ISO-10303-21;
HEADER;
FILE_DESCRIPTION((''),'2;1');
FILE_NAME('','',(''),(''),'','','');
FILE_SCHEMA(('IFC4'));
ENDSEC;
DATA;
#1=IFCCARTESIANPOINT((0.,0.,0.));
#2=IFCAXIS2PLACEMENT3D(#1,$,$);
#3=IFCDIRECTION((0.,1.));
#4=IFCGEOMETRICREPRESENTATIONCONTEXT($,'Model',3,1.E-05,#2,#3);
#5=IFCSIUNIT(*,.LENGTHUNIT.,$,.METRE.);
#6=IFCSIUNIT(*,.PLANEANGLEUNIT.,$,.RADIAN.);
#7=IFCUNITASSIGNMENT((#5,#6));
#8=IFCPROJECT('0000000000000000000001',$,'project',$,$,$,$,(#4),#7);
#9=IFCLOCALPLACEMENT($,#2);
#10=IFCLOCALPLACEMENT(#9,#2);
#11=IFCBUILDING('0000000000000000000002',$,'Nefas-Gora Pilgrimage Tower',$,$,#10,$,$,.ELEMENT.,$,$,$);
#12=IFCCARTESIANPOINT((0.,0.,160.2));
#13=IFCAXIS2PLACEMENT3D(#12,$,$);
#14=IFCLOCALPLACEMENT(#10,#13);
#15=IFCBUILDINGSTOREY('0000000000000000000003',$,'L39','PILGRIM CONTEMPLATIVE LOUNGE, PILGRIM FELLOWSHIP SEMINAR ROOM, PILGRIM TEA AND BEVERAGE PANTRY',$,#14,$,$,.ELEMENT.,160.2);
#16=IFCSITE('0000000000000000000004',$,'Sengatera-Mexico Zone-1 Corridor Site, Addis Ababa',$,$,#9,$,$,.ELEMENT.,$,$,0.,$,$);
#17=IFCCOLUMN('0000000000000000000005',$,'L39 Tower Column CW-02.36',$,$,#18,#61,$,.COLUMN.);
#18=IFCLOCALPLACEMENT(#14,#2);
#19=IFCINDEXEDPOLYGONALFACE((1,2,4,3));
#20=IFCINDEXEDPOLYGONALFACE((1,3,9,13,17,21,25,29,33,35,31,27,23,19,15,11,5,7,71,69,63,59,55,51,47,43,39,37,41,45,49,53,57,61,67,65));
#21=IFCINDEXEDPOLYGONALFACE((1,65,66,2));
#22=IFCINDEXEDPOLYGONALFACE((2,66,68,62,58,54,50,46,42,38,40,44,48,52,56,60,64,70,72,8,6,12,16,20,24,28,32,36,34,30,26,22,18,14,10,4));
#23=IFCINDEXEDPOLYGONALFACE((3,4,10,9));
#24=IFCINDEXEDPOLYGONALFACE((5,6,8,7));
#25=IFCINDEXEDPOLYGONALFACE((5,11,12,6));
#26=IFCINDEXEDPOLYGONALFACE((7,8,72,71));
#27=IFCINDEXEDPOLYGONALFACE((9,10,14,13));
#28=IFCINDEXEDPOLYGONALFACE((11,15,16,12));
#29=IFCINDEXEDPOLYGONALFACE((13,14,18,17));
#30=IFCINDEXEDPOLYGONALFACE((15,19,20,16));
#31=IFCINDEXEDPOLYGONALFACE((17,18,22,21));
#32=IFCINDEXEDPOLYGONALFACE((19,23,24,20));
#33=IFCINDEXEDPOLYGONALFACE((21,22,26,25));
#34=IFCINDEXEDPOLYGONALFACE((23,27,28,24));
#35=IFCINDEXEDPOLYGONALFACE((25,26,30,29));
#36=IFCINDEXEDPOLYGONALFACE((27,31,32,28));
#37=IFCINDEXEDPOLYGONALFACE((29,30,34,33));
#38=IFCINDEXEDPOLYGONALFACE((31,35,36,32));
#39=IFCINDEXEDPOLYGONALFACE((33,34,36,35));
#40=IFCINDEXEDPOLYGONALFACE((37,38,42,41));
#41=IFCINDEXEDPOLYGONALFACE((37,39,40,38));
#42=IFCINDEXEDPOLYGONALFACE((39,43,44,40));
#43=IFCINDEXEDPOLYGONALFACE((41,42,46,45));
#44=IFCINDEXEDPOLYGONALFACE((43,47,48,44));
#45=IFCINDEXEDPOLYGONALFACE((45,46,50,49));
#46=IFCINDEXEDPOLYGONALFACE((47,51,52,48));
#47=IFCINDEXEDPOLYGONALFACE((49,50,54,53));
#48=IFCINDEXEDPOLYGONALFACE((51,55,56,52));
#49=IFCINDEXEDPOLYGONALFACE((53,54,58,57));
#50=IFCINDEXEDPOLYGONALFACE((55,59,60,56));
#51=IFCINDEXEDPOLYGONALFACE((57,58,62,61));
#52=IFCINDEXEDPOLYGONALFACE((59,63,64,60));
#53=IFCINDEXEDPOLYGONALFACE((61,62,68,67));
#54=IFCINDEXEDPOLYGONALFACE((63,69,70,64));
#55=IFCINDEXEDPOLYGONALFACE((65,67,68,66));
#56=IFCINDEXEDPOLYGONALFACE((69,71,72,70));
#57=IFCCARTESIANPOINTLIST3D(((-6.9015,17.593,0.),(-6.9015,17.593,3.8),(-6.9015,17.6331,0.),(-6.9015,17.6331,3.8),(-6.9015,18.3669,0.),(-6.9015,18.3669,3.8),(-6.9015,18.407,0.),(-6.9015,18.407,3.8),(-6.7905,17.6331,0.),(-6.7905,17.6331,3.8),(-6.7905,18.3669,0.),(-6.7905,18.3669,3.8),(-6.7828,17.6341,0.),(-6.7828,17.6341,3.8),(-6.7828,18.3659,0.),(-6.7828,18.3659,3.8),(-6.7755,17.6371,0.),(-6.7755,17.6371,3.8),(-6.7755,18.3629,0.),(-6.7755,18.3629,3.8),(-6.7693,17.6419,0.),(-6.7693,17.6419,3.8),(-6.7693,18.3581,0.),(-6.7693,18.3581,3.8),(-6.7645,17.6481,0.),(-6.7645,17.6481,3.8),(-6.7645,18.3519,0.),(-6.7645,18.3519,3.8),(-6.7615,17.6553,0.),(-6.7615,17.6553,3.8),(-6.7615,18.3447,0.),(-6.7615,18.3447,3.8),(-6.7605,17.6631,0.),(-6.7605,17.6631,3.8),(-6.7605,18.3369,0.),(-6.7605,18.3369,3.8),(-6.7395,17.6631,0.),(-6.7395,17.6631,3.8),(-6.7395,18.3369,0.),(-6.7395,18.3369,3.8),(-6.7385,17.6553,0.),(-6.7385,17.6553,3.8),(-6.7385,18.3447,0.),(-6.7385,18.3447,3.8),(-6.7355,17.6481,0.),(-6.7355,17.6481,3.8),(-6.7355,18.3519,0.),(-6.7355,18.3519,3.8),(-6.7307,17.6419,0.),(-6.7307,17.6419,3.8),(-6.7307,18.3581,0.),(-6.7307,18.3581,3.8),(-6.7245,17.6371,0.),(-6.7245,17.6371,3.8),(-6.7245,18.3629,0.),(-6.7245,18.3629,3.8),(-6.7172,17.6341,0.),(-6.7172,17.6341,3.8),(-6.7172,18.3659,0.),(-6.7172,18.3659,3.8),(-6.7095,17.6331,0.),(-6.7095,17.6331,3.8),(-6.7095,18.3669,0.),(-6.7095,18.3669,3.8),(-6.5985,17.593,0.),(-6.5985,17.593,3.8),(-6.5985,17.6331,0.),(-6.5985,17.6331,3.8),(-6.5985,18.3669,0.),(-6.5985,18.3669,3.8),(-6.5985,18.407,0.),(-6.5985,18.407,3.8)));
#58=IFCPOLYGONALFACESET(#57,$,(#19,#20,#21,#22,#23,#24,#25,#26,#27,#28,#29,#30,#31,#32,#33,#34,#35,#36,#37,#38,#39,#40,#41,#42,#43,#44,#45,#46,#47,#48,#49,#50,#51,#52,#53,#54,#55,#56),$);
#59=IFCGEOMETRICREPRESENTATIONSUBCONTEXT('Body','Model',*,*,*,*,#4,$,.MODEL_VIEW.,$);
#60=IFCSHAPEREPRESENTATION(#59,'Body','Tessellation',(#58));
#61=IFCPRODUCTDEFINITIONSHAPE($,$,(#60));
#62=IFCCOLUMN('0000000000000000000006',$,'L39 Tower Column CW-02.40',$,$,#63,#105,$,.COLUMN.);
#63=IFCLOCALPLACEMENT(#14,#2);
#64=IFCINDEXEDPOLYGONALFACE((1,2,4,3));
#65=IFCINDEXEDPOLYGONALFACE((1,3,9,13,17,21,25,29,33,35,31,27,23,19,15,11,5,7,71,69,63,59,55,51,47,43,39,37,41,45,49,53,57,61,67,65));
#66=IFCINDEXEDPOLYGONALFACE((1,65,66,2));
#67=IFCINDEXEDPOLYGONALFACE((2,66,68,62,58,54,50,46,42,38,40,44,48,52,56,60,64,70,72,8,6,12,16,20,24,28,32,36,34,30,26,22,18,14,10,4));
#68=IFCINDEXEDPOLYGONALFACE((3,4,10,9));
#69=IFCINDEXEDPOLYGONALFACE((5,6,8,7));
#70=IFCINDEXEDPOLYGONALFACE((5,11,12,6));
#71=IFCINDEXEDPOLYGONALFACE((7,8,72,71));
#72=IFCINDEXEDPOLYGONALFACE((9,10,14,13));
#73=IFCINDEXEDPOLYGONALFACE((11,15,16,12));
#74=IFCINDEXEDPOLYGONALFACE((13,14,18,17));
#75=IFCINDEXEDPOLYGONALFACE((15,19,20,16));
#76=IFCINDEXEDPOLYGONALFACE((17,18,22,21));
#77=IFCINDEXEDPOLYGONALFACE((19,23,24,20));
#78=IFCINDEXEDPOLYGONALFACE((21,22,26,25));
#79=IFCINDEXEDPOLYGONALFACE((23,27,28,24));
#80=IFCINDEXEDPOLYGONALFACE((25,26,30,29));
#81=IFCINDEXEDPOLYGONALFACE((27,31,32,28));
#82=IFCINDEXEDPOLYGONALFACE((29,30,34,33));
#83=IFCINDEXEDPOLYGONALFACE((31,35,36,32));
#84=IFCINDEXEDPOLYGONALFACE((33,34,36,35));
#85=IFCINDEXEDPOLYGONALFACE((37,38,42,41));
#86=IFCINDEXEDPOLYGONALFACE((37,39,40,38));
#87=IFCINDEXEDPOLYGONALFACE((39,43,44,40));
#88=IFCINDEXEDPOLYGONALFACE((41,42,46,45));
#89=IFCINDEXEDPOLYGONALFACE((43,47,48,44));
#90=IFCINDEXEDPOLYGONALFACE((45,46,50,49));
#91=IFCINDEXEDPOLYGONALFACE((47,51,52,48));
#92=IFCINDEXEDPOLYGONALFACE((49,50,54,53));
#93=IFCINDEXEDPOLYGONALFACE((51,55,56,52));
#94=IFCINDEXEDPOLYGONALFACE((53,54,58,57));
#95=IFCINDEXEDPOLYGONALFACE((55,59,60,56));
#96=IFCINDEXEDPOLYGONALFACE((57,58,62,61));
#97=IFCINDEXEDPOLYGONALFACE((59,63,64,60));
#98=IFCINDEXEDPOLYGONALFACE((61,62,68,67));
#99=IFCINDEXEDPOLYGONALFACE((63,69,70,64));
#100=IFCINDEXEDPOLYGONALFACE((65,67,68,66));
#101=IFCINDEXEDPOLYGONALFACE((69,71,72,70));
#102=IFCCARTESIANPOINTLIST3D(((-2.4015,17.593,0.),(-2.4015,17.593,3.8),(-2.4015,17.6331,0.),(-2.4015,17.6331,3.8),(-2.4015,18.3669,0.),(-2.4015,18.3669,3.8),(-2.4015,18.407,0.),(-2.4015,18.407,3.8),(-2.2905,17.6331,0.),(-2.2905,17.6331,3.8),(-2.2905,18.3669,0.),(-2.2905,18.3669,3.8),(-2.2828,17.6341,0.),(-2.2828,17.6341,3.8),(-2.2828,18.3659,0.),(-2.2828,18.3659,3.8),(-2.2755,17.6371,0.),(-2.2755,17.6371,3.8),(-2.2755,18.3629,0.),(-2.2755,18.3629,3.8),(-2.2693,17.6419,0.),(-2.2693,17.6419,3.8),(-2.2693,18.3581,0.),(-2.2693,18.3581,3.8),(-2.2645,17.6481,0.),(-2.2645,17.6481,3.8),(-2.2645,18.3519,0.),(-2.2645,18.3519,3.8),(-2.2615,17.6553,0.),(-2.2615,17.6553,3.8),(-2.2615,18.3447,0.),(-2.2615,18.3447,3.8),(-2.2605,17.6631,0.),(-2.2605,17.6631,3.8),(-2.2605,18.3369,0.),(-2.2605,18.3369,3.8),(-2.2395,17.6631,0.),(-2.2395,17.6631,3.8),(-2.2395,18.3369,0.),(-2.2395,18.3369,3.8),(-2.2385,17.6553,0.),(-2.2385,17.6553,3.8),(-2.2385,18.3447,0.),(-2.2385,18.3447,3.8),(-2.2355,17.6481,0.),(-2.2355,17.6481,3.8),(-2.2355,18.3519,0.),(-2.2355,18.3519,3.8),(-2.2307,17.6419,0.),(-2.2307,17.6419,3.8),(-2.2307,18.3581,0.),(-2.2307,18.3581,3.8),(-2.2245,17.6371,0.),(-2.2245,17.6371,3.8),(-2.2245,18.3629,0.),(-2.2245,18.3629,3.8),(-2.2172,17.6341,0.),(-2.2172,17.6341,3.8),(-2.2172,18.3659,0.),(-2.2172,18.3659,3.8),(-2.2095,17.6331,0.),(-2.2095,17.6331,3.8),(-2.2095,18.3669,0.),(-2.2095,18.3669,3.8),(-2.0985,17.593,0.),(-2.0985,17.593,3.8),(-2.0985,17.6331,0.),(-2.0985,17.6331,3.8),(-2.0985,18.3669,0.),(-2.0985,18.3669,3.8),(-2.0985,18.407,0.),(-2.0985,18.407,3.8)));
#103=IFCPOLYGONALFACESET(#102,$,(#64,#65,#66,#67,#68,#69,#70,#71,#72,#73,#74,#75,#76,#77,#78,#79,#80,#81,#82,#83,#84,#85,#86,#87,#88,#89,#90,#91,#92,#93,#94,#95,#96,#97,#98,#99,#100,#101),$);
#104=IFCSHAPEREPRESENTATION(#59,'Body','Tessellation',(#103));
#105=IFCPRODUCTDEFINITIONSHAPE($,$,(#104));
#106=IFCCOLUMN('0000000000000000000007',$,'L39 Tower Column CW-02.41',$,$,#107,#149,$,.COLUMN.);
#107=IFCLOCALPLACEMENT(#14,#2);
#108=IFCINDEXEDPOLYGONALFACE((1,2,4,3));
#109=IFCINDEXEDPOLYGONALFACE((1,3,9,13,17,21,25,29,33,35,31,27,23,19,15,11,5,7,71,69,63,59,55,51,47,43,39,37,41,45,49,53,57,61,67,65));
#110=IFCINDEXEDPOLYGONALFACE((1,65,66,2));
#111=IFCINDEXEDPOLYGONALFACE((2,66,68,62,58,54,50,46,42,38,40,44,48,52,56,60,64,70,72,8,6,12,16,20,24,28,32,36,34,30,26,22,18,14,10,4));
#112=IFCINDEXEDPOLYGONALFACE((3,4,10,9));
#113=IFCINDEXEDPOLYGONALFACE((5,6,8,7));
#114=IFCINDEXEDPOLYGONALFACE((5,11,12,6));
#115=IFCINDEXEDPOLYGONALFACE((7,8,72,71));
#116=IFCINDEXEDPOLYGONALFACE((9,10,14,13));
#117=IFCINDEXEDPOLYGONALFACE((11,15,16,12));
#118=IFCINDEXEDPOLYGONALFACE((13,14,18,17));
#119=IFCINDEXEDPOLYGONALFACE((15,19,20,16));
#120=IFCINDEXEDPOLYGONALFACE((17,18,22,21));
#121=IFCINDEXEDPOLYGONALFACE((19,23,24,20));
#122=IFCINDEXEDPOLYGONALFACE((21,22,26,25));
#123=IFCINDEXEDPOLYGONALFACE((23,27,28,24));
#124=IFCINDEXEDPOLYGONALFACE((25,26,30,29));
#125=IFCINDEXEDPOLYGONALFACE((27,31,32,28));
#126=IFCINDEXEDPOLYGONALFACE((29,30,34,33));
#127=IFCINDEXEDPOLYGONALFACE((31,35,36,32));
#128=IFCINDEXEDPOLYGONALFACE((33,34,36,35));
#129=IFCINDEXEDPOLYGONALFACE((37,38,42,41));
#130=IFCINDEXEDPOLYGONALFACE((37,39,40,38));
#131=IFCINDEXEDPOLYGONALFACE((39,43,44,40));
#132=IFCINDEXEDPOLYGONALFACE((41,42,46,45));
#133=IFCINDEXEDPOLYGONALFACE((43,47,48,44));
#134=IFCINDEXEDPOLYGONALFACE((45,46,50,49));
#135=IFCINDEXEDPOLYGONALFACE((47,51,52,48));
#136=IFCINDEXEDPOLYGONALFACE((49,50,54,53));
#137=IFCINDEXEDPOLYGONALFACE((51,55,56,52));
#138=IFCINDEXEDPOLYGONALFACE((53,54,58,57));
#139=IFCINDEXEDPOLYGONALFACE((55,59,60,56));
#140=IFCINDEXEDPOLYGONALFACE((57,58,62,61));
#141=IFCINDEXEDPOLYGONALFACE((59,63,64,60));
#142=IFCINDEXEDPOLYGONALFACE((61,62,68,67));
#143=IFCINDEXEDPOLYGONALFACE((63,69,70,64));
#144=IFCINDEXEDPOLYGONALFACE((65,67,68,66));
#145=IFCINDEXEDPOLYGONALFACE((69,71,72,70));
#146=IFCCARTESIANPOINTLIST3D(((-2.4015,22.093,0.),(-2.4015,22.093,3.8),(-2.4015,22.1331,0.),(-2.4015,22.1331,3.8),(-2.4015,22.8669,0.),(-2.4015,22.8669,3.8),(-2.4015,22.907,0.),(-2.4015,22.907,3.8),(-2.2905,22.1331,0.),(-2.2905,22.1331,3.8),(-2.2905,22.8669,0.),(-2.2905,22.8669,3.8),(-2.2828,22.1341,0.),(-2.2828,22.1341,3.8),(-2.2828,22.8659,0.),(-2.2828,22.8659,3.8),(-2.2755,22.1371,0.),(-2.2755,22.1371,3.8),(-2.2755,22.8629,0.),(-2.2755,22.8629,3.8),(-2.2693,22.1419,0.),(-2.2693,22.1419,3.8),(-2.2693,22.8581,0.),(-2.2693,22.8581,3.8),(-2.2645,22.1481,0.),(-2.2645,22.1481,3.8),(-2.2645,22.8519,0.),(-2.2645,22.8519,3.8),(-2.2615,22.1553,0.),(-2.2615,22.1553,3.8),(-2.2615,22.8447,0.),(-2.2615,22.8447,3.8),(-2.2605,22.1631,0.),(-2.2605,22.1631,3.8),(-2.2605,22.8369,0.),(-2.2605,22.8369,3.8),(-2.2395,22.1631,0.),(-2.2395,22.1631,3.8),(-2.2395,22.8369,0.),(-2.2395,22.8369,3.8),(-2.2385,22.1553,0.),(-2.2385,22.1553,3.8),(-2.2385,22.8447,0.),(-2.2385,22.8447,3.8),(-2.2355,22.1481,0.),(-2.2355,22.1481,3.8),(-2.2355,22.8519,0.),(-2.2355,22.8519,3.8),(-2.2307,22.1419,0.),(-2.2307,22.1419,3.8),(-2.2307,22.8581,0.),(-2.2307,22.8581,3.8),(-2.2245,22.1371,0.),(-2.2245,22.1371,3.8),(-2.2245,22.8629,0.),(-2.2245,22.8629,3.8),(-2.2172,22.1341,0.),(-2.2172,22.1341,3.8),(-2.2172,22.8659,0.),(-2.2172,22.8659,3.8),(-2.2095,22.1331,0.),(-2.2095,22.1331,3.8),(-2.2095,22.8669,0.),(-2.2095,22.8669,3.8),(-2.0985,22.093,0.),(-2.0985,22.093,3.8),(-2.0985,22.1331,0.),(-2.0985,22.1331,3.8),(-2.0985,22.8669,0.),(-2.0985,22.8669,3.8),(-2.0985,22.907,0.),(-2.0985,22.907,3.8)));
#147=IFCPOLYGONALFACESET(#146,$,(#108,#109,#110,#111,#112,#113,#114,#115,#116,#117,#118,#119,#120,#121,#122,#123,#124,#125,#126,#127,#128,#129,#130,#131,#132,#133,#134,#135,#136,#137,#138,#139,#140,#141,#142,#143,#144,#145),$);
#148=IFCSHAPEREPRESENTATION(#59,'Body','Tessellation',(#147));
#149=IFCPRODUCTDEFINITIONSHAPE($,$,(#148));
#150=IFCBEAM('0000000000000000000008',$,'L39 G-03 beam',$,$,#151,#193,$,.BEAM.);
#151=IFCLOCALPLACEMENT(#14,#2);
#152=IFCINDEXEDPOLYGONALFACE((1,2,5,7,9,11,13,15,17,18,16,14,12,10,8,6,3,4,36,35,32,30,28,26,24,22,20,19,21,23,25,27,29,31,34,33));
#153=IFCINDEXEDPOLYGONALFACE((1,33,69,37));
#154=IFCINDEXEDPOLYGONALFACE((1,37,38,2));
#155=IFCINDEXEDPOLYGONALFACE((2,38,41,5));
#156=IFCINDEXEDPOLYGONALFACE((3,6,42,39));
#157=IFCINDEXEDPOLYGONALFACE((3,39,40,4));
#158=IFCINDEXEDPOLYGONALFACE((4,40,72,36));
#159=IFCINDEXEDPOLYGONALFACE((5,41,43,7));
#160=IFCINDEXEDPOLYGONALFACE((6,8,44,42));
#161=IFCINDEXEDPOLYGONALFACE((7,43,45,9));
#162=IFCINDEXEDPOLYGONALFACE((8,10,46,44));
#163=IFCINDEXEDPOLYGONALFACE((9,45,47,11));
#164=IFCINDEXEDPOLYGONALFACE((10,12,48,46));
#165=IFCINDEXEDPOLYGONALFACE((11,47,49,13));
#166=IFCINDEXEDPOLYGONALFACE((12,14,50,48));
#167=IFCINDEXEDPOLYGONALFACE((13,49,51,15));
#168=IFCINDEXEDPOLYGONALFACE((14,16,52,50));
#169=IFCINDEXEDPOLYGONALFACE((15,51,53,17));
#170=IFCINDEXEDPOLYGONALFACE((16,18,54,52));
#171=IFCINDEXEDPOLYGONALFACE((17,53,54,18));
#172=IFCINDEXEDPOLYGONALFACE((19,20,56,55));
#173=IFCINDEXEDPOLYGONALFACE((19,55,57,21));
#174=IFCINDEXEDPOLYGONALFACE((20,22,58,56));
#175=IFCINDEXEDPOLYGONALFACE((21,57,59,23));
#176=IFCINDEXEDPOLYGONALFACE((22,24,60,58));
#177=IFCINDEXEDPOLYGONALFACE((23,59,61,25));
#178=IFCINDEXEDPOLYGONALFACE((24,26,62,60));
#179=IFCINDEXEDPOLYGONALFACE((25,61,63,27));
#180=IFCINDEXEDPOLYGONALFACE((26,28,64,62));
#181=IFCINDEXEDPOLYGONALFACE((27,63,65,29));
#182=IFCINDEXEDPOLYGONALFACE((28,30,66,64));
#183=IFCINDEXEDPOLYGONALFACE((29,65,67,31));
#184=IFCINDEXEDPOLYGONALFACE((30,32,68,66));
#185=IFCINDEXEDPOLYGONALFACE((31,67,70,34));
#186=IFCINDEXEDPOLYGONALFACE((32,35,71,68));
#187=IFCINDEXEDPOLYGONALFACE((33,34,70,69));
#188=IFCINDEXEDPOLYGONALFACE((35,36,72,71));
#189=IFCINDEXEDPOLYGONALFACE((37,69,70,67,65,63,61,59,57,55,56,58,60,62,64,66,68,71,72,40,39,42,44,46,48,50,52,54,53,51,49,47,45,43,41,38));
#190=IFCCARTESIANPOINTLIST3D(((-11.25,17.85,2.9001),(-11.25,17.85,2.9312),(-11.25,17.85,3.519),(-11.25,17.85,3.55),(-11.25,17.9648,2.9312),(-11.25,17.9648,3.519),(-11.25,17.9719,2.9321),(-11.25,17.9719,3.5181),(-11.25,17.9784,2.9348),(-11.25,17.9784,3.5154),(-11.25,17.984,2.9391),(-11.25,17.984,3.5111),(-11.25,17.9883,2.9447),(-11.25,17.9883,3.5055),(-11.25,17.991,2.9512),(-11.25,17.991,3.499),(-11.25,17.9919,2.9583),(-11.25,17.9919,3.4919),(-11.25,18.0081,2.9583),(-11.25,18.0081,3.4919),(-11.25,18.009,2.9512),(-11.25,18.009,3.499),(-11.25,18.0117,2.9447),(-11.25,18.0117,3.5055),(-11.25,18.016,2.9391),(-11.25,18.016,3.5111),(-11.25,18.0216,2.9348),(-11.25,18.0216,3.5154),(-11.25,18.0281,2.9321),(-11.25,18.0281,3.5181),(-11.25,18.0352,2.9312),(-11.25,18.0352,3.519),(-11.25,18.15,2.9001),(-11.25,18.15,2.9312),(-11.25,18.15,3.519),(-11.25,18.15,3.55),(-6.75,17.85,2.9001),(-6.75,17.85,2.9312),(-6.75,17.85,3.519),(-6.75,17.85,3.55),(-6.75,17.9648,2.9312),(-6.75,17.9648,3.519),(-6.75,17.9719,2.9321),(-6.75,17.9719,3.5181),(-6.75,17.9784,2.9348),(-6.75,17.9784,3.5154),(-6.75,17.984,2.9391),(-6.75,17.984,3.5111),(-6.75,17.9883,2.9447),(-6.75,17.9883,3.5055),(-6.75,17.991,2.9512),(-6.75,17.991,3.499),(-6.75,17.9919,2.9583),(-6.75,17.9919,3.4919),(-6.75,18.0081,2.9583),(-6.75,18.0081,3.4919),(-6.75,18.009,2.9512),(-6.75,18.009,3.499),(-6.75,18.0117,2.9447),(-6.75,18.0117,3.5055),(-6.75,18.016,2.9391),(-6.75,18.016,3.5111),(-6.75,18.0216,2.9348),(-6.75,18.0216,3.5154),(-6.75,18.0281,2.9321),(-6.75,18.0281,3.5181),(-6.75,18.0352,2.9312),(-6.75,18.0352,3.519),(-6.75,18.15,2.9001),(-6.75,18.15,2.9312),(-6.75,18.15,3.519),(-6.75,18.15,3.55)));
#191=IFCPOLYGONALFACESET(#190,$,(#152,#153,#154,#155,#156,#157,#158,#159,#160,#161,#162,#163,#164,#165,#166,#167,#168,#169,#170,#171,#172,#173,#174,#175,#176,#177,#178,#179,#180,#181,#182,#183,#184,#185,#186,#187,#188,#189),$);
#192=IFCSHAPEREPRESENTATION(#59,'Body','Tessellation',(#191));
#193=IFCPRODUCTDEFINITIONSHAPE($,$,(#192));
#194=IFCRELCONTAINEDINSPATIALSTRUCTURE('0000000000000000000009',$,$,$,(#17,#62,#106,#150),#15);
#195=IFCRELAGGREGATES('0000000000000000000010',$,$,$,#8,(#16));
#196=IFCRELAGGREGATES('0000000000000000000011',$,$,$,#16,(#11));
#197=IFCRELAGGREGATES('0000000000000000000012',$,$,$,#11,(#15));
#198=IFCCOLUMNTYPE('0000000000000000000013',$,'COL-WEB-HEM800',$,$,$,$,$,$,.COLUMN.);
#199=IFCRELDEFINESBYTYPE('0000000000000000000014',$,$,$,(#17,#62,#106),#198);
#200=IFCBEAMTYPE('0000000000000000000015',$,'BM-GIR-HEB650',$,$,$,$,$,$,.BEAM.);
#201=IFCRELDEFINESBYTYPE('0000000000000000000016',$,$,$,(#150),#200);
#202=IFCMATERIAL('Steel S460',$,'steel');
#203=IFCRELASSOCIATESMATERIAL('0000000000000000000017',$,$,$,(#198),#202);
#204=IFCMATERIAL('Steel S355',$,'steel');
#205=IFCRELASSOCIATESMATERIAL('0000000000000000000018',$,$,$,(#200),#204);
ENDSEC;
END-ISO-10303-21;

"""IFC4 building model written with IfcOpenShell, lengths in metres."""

from ifc_helpers import new_model, si_unit, direction, frame, origin, origin_2d, place, context, subcontext, project, spatial, i_section, extrude, source, transform, mapped, material, material_profile, profile_set, type_object, element, save


model = new_model("IFC4")

# Units and contexts
model_context = context("Model", 3, precision=1e-05, world=origin(), true_north=direction((0.0, 1.0)))
body_context = subcontext(model_context, "Body", "Model", "MODEL_VIEW")
ifc_project = project(units=[si_unit("LENGTHUNIT", "METRE"), si_unit("PLANEANGLEUNIT", "RADIAN")], contexts=[model_context])

# Site, building, storey
site_placement = place(None, origin())
site = spatial("IfcSite", under=ifc_project, at=site_placement, Name="Sengatera-Mexico Zone-1 Corridor Site, Addis Ababa", CompositionType="ELEMENT", RefElevation=0.0)
building_placement = place(site_placement, origin())
building = spatial("IfcBuilding", under=site, at=building_placement, Name="Nefas-Gora Pilgrimage Tower", CompositionType="ELEMENT")
storey_placement = place(building_placement, frame((0.0, 0.0, 160.2)))
storey = spatial("IfcBuildingStorey", under=building, at=storey_placement, Name="L39", Description="PILGRIM CONTEMPLATIVE LOUNGE, PILGRIM FELLOWSHIP SEMINAR ROOM, PILGRIM TEA AND BEVERAGE PANTRY", CompositionType="ELEMENT", Elevation=160.2)

# Columns
ifc_material_1 = material(Name="Steel S460", Category="steel")
ifc_material_profile_1 = material_profile(ifc_material_1, i_section(OverallWidth=0.303, OverallDepth=0.814, WebThickness=0.021, FlangeThickness=0.04, FilletRadius=0.03, at=origin_2d()), Name="HEM 800")
ifc_profile_set_1 = profile_set([ifc_material_profile_1], Name="Steel S460")
column_type_1 = type_object("IfcColumnType", Name="COL-WEB-HEM800", PredefinedType="COLUMN", material=ifc_profile_set_1)
shared_shape_1 = source(origin(), body_context, "Body", "SweptSolid", [
    extrude(i_section(OverallWidth=0.303, OverallDepth=0.814, WebThickness=0.021, FlangeThickness=0.04, FilletRadius=0.03, at=origin_2d()), origin(), (0.0, 0.0, 1.0), 3.8),
])
for number, where, z_axis, x_axis, name in (
    (1, (-6.75, 18.0, 0.0), (0.0, 0.0, 1.0), (1.0, 0.0, 0.0), "L39 Tower Column CW-02.36"),
    (2, (-2.25, 18.0, 0.0), (0.0, 0.0, 1.0), (1.0, 0.0, 0.0), "L39 Tower Column CW-02.40"),
    (3, (-2.25, 22.5, 0.0), (0.0, 0.0, 1.0), (1.0, 0.0, 0.0), "L39 Tower Column CW-02.41"),
):
    element("IfcColumn", number, at=place(storey_placement, frame(where, z_axis=z_axis, x_axis=x_axis)), inside=storey, type_object=column_type_1, Name=name, PredefinedType="COLUMN", context=body_context, shape_type="MappedRepresentation", body=[
        mapped(shared_shape_1, transform((0.0, 0.0, 0.0), x_axis=(1.0, 0.0, 0.0), y_axis=(0.0, 1.0, 0.0), z_axis=(0.0, 0.0, 1.0), scale=1.0)),
    ])

# Beam
ifc_material_2 = material(Name="Steel S355", Category="steel")
ifc_material_profile_2 = material_profile(ifc_material_2, i_section(OverallWidth=0.3, OverallDepth=0.6499, WebThickness=0.0161, FlangeThickness=0.031, FilletRadius=0.0271, at=origin_2d()), Name="HEB 650")
ifc_profile_set_2 = profile_set([ifc_material_profile_2], Name="Steel S355")
beam_type = type_object("IfcBeamType", Name="BM-GIR-HEB650", PredefinedType="BEAM", material=ifc_profile_set_2)
shared_shape_2 = source(origin(), body_context, "Body", "SweptSolid", [
    extrude(i_section(OverallWidth=0.3, OverallDepth=0.6499, WebThickness=0.0161, FlangeThickness=0.031, FilletRadius=0.0271, at=origin_2d()), origin(), (0.0, 0.0, 1.0), 4.5),
])
for number, where, z_axis, x_axis, name in (
    (4, (-11.25, 18.0, 3.2251), (1.0, 0.0, 0.0), (0.0, 1.0, 0.0), "L39 G-03 beam"),
):
    element("IfcBeam", number, at=place(storey_placement, frame(where, z_axis=z_axis, x_axis=x_axis)), inside=storey, type_object=beam_type, Name=name, PredefinedType="BEAM", context=body_context, shape_type="MappedRepresentation", body=[
        mapped(shared_shape_2, transform((0.0, 0.0, 0.0), x_axis=(1.0, 0.0, 0.0), y_axis=(0.0, 1.0, 0.0), z_axis=(0.0, 0.0, 1.0), scale=1.0)),
    ])

save(model, "model.ifc")
